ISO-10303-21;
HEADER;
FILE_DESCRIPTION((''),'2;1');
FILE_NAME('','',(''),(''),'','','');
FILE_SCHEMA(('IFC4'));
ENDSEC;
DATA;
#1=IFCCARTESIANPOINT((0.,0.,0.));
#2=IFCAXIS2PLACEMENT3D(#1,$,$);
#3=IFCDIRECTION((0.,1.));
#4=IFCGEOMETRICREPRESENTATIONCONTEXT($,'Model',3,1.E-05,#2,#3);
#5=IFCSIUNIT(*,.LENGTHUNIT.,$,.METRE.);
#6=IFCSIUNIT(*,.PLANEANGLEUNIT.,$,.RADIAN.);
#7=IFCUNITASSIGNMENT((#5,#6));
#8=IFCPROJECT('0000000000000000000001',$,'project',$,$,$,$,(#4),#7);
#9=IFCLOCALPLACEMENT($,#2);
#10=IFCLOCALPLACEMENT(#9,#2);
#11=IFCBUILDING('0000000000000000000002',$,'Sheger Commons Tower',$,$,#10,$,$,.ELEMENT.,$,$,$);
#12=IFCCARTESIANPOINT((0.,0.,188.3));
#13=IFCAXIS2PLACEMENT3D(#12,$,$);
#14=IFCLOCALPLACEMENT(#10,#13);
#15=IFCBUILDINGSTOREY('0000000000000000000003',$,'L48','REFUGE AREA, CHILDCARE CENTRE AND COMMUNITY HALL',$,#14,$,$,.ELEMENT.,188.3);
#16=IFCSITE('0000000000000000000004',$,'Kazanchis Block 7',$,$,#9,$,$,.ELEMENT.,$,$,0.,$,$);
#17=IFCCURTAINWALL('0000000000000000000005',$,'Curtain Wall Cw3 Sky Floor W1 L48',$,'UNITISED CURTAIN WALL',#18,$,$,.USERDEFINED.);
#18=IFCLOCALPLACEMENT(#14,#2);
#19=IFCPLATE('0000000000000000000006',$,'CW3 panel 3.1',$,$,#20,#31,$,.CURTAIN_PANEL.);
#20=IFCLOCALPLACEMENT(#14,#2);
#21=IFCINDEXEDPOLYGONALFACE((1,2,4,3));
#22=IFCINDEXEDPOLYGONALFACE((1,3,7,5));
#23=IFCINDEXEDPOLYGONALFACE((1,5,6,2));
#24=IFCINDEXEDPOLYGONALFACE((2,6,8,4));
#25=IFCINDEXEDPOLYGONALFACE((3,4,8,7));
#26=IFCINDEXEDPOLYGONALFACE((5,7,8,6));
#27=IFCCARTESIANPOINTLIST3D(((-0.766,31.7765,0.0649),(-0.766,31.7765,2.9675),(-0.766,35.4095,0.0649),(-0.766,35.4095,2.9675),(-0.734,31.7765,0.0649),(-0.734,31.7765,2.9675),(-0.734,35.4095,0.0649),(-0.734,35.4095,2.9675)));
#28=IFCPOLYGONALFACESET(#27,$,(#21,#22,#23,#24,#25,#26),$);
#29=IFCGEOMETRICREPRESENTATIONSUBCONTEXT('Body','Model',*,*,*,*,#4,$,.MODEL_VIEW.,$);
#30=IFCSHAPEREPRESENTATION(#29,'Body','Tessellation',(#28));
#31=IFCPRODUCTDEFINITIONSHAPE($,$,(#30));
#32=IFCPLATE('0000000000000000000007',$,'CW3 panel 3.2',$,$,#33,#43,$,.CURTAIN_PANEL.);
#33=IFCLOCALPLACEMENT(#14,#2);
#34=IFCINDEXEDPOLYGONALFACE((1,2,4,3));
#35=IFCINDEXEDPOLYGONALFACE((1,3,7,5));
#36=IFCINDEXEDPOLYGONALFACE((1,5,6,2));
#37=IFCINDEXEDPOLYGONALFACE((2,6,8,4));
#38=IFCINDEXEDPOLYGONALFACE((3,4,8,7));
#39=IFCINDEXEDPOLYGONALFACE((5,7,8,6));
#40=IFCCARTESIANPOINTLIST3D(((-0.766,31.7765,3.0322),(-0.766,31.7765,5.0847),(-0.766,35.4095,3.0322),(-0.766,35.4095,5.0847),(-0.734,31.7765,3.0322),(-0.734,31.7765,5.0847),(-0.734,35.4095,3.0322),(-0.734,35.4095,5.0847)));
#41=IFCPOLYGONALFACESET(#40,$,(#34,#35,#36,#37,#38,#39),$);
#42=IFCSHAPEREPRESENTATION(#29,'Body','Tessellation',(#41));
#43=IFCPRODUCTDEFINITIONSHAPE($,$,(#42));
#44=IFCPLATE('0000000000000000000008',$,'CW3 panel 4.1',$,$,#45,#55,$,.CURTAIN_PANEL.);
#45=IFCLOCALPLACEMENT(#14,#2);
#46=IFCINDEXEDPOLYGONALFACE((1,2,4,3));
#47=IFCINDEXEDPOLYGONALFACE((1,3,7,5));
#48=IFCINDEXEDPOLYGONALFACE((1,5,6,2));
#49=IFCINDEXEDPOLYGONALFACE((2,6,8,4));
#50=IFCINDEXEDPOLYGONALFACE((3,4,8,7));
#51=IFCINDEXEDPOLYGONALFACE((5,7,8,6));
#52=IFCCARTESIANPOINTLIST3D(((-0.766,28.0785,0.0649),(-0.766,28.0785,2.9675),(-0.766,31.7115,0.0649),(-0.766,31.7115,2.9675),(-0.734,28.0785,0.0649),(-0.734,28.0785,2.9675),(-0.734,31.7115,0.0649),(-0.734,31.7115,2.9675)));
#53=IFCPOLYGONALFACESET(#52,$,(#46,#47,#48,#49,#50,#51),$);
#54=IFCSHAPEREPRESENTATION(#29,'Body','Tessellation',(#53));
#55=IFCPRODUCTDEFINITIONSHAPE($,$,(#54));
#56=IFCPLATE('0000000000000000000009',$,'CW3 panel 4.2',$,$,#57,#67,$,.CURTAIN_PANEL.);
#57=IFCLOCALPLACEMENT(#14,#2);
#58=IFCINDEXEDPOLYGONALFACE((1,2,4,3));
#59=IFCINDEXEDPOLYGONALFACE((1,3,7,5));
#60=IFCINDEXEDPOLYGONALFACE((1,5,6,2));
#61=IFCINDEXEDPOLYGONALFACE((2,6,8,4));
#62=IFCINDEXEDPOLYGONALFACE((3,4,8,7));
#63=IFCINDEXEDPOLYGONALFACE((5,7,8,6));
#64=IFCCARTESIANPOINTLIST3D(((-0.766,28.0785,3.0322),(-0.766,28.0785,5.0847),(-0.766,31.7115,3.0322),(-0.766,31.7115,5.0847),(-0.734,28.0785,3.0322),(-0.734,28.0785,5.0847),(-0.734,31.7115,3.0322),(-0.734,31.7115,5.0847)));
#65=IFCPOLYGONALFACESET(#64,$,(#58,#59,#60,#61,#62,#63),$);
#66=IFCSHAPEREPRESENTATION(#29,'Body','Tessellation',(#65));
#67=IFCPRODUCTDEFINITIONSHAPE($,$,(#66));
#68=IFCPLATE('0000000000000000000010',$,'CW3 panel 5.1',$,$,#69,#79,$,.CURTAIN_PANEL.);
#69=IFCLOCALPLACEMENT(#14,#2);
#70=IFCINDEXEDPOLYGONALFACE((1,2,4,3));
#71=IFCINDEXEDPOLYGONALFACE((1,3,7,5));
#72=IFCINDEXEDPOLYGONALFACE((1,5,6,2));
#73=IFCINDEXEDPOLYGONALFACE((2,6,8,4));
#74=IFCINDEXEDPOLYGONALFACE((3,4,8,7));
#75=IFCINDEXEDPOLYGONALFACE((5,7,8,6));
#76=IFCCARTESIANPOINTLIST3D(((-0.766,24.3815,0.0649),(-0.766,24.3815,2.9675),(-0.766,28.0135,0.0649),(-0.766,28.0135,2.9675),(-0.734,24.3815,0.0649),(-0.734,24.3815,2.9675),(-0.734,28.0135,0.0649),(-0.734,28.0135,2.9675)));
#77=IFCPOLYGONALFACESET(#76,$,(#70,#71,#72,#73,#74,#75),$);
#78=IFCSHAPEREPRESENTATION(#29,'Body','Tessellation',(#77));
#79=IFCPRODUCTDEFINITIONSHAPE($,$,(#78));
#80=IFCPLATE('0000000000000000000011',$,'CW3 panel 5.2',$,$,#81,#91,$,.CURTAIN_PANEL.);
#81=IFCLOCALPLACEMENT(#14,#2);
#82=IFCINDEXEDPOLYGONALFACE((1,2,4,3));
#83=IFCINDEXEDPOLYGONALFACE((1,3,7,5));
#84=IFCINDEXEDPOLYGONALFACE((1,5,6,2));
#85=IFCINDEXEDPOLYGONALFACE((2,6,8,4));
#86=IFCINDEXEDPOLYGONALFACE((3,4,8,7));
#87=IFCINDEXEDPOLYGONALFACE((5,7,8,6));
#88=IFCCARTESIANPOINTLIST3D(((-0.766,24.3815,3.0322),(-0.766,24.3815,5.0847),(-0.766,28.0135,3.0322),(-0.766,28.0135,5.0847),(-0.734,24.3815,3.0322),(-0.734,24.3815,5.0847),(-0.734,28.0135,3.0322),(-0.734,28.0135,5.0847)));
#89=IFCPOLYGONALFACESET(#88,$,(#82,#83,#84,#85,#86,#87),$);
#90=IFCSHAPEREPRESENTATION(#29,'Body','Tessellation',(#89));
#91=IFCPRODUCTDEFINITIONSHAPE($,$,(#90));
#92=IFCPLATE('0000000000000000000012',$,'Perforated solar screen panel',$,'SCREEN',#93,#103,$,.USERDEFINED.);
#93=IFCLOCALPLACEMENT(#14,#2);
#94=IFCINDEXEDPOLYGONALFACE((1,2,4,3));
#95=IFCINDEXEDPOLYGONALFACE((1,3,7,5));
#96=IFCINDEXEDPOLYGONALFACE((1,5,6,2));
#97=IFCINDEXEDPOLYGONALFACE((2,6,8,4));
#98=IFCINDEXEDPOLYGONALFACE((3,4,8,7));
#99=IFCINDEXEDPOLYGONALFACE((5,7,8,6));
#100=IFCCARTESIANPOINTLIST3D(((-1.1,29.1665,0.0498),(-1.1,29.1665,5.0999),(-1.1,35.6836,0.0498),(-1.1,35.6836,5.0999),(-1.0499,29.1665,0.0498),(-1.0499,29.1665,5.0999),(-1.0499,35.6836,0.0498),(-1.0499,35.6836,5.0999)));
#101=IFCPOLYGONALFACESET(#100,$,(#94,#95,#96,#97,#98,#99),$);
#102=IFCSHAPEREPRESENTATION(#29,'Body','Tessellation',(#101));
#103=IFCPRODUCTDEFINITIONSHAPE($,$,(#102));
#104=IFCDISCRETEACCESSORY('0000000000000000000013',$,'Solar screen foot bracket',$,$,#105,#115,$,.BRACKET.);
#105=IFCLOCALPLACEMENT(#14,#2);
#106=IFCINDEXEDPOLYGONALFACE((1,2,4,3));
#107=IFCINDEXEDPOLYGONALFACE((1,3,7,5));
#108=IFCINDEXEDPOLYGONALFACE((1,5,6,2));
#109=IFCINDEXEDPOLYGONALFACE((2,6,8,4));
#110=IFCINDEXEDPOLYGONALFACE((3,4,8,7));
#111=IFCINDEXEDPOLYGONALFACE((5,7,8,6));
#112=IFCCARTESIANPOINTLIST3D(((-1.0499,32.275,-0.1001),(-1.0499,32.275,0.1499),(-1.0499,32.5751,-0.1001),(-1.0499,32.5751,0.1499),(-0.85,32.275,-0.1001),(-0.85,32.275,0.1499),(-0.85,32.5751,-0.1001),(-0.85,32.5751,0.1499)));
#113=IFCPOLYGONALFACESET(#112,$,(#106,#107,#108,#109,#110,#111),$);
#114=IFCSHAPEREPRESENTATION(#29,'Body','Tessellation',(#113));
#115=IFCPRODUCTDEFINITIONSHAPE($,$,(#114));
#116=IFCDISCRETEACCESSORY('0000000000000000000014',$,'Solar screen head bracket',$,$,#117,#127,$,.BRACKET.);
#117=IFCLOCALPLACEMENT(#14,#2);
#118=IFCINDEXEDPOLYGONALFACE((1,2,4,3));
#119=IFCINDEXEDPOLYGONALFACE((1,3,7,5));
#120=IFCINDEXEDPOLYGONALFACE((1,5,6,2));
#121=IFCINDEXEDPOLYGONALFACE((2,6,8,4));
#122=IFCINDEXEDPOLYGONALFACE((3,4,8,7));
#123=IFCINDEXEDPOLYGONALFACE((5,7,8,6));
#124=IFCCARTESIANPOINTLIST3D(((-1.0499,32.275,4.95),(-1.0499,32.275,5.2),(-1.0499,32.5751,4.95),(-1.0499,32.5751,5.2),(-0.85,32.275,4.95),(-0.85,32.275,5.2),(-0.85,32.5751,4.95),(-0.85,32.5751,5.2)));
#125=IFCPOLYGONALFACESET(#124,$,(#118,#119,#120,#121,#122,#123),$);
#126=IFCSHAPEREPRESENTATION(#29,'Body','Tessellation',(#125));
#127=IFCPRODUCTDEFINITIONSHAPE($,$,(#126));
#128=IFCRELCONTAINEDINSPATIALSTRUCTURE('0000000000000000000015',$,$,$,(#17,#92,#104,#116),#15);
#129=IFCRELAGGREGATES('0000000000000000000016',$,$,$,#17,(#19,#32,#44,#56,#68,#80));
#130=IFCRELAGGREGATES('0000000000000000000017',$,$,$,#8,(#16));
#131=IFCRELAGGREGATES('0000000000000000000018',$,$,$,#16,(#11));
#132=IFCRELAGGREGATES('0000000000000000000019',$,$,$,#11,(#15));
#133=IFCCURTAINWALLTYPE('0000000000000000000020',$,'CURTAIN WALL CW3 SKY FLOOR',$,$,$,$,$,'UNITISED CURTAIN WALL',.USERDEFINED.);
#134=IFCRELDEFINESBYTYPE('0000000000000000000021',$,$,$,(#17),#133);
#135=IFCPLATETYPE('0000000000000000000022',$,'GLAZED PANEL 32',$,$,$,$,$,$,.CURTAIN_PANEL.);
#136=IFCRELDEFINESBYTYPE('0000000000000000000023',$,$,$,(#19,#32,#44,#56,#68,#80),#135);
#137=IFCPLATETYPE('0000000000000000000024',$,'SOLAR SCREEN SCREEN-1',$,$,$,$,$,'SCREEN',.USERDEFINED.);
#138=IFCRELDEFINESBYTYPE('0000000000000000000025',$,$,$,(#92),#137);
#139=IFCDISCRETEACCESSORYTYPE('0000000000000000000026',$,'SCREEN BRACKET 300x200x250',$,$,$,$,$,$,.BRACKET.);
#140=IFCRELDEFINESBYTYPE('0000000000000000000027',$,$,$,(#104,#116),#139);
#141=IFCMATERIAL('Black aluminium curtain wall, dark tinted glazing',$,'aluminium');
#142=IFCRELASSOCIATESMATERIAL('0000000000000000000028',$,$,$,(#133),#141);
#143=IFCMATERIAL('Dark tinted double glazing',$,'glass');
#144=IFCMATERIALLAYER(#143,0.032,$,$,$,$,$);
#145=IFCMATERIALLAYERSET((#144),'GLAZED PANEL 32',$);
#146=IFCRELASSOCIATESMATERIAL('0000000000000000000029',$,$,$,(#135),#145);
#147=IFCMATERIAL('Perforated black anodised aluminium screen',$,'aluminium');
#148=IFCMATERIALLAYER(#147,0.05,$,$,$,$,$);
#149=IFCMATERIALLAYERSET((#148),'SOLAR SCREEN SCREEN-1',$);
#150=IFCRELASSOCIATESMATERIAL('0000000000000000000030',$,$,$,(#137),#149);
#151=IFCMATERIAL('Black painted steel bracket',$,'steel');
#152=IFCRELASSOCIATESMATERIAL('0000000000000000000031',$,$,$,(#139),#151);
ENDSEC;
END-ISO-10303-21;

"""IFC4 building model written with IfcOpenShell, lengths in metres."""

from ifc_helpers import new_model, si_unit, direction, frame, origin, origin_2d, place, context, subcontext, project, spatial, rectangle, extrude, material, layer, layer_set, type_object, element, aggregate, save


model = new_model("IFC4")

# Units and contexts
model_context = context("Model", 3, precision=1e-05, world=origin(), true_north=direction((0.0, 1.0)))
body_context = subcontext(model_context, "Body", "Model", "MODEL_VIEW")
ifc_project = project(units=[si_unit("LENGTHUNIT", "METRE"), si_unit("PLANEANGLEUNIT", "RADIAN")], contexts=[model_context])

# Site, building, storey
site_placement = place(None, origin())
site = spatial("IfcSite", under=ifc_project, at=site_placement, Name="Kazanchis Block 7", CompositionType="ELEMENT", RefElevation=0.0)
building_placement = place(site_placement, origin())
building = spatial("IfcBuilding", under=site, at=building_placement, Name="Sheger Commons Tower", CompositionType="ELEMENT")
storey_placement = place(building_placement, frame((0.0, 0.0, 188.3)))
storey = spatial("IfcBuildingStorey", under=building, at=storey_placement, Name="L48", Description="REFUGE AREA, CHILDCARE CENTRE AND COMMUNITY HALL", CompositionType="ELEMENT", Elevation=188.3)

# Curtain wall, plates
ifc_material_1 = material(Name="Black aluminium curtain wall, dark tinted glazing", Category="aluminium")
curtain_wall_type = type_object("IfcCurtainWallType", Name="CURTAIN WALL CW3 SKY FLOOR", ElementType="UNITISED CURTAIN WALL", PredefinedType="USERDEFINED", material=ifc_material_1)
curtain_wall_placement = place(storey_placement, origin())
curtain_wall = element("IfcCurtainWall", 1, at=curtain_wall_placement, inside=storey, type_object=curtain_wall_type, Name="Curtain Wall Cw3 Sky Floor W1 L48", ObjectType="UNITISED CURTAIN WALL", PredefinedType="USERDEFINED")
ifc_material_2 = material(Name="Dark tinted double glazing", Category="glass")
ifc_layer_1 = layer(ifc_material_2, 0.032)
ifc_layer_set_1 = layer_set([ifc_layer_1], Name="GLAZED PANEL 32")
plate_type_1 = type_object("IfcPlateType", Name="GLAZED PANEL 32", PredefinedType="CURTAIN_PANEL", material=ifc_layer_set_1)
plate_1_placement = place(storey_placement, frame((-0.75, 33.593, 0.0649), z_axis=(0.0, 0.0, 1.0), x_axis=(0.0, -1.0, 0.0)))
plate_1 = element("IfcPlate", 2, at=plate_1_placement, type_object=plate_type_1, Name="CW3 panel 3.1", PredefinedType="CURTAIN_PANEL", context=body_context, shape_type="SweptSolid", body=[
    extrude(rectangle(XDim=3.6331, YDim=0.032, at=origin_2d()), origin(), (0.0, 0.0, 1.0), 2.9026),
])
plate_2_placement = place(storey_placement, frame((-0.75, 33.593, 3.0322), z_axis=(0.0, 0.0, 1.0), x_axis=(0.0, -1.0, 0.0)))
plate_2 = element("IfcPlate", 3, at=plate_2_placement, type_object=plate_type_1, Name="CW3 panel 3.2", PredefinedType="CURTAIN_PANEL", context=body_context, shape_type="SweptSolid", body=[
    extrude(rectangle(XDim=3.6331, YDim=0.032, at=origin_2d()), origin(), (0.0, 0.0, 1.0), 2.0525),
])
plate_3_placement = place(storey_placement, frame((-0.75, 29.895, 0.0649), z_axis=(0.0, 0.0, 1.0), x_axis=(0.0, -1.0, 0.0)))
plate_3 = element("IfcPlate", 4, at=plate_3_placement, type_object=plate_type_1, Name="CW3 panel 4.1", PredefinedType="CURTAIN_PANEL", context=body_context, shape_type="SweptSolid", body=[
    extrude(rectangle(XDim=3.6331, YDim=0.032, at=origin_2d()), origin(), (0.0, 0.0, 1.0), 2.9026),
])
plate_4_placement = place(storey_placement, frame((-0.75, 29.895, 3.0322), z_axis=(0.0, 0.0, 1.0), x_axis=(0.0, -1.0, 0.0)))
plate_4 = element("IfcPlate", 5, at=plate_4_placement, type_object=plate_type_1, Name="CW3 panel 4.2", PredefinedType="CURTAIN_PANEL", context=body_context, shape_type="SweptSolid", body=[
    extrude(rectangle(XDim=3.6331, YDim=0.032, at=origin_2d()), origin(), (0.0, 0.0, 1.0), 2.0525),
])
plate_5_placement = place(storey_placement, frame((-0.75, 26.1975, 0.0649), z_axis=(0.0, 0.0, 1.0), x_axis=(0.0, -1.0, 0.0)))
plate_5 = element("IfcPlate", 6, at=plate_5_placement, type_object=plate_type_1, Name="CW3 panel 5.1", PredefinedType="CURTAIN_PANEL", context=body_context, shape_type="SweptSolid", body=[
    extrude(rectangle(XDim=3.6321, YDim=0.032, at=origin_2d()), origin(), (0.0, 0.0, 1.0), 2.9026),
])
plate_6_placement = place(storey_placement, frame((-0.75, 26.1975, 3.0322), z_axis=(0.0, 0.0, 1.0), x_axis=(0.0, -1.0, 0.0)))
plate_6 = element("IfcPlate", 7, at=plate_6_placement, type_object=plate_type_1, Name="CW3 panel 5.2", PredefinedType="CURTAIN_PANEL", context=body_context, shape_type="SweptSolid", body=[
    extrude(rectangle(XDim=3.6321, YDim=0.032, at=origin_2d()), origin(), (0.0, 0.0, 1.0), 2.0525),
])
aggregate(curtain_wall, [plate_1, plate_2, plate_3, plate_4, plate_5, plate_6])

# Plate
ifc_material_3 = material(Name="Perforated black anodised aluminium screen", Category="aluminium")
ifc_layer_2 = layer(ifc_material_3, 0.05)
ifc_layer_set_2 = layer_set([ifc_layer_2], Name="SOLAR SCREEN SCREEN-1")
plate_type_2 = type_object("IfcPlateType", Name="SOLAR SCREEN SCREEN-1", ElementType="SCREEN", PredefinedType="USERDEFINED", material=ifc_layer_set_2)
plate_7_placement = place(storey_placement, frame((-1.075, 32.425, 0.0498), z_axis=(0.0, 0.0, 1.0), x_axis=(0.0, -1.0, 0.0)))
element("IfcPlate", 8, at=plate_7_placement, inside=storey, type_object=plate_type_2, Name="Perforated solar screen panel", ObjectType="SCREEN", PredefinedType="USERDEFINED", context=body_context, shape_type="SweptSolid", body=[
    extrude(rectangle(XDim=6.5171, YDim=0.05, at=origin_2d()), origin(), (0.0, 0.0, 1.0), 5.05),
])

# Discrete accessories
ifc_material_4 = material(Name="Black painted steel bracket", Category="steel")
discrete_accessory_type = type_object("IfcDiscreteAccessoryType", Name="SCREEN BRACKET 300x200x250", PredefinedType="BRACKET", material=ifc_material_4)
for number, where, z_axis, x_axis, name in (
    (9, (-0.95, 32.425, -0.1001), (0.0, 0.0, 1.0), (0.0, -1.0, 0.0), "Solar screen foot bracket"),
    (10, (-0.95, 32.425, 4.95), (0.0, 0.0, 1.0), (0.0, -1.0, 0.0), "Solar screen head bracket"),
):
    element("IfcDiscreteAccessory", number, at=place(storey_placement, frame(where, z_axis=z_axis, x_axis=x_axis)), inside=storey, type_object=discrete_accessory_type, Name=name, PredefinedType="BRACKET", context=body_context, shape_type="SweptSolid", body=[
        extrude(rectangle(XDim=0.3, YDim=0.2, at=origin_2d()), origin(), (0.0, 0.0, 1.0), 0.25),
    ])

save(model, "model.ifc")
